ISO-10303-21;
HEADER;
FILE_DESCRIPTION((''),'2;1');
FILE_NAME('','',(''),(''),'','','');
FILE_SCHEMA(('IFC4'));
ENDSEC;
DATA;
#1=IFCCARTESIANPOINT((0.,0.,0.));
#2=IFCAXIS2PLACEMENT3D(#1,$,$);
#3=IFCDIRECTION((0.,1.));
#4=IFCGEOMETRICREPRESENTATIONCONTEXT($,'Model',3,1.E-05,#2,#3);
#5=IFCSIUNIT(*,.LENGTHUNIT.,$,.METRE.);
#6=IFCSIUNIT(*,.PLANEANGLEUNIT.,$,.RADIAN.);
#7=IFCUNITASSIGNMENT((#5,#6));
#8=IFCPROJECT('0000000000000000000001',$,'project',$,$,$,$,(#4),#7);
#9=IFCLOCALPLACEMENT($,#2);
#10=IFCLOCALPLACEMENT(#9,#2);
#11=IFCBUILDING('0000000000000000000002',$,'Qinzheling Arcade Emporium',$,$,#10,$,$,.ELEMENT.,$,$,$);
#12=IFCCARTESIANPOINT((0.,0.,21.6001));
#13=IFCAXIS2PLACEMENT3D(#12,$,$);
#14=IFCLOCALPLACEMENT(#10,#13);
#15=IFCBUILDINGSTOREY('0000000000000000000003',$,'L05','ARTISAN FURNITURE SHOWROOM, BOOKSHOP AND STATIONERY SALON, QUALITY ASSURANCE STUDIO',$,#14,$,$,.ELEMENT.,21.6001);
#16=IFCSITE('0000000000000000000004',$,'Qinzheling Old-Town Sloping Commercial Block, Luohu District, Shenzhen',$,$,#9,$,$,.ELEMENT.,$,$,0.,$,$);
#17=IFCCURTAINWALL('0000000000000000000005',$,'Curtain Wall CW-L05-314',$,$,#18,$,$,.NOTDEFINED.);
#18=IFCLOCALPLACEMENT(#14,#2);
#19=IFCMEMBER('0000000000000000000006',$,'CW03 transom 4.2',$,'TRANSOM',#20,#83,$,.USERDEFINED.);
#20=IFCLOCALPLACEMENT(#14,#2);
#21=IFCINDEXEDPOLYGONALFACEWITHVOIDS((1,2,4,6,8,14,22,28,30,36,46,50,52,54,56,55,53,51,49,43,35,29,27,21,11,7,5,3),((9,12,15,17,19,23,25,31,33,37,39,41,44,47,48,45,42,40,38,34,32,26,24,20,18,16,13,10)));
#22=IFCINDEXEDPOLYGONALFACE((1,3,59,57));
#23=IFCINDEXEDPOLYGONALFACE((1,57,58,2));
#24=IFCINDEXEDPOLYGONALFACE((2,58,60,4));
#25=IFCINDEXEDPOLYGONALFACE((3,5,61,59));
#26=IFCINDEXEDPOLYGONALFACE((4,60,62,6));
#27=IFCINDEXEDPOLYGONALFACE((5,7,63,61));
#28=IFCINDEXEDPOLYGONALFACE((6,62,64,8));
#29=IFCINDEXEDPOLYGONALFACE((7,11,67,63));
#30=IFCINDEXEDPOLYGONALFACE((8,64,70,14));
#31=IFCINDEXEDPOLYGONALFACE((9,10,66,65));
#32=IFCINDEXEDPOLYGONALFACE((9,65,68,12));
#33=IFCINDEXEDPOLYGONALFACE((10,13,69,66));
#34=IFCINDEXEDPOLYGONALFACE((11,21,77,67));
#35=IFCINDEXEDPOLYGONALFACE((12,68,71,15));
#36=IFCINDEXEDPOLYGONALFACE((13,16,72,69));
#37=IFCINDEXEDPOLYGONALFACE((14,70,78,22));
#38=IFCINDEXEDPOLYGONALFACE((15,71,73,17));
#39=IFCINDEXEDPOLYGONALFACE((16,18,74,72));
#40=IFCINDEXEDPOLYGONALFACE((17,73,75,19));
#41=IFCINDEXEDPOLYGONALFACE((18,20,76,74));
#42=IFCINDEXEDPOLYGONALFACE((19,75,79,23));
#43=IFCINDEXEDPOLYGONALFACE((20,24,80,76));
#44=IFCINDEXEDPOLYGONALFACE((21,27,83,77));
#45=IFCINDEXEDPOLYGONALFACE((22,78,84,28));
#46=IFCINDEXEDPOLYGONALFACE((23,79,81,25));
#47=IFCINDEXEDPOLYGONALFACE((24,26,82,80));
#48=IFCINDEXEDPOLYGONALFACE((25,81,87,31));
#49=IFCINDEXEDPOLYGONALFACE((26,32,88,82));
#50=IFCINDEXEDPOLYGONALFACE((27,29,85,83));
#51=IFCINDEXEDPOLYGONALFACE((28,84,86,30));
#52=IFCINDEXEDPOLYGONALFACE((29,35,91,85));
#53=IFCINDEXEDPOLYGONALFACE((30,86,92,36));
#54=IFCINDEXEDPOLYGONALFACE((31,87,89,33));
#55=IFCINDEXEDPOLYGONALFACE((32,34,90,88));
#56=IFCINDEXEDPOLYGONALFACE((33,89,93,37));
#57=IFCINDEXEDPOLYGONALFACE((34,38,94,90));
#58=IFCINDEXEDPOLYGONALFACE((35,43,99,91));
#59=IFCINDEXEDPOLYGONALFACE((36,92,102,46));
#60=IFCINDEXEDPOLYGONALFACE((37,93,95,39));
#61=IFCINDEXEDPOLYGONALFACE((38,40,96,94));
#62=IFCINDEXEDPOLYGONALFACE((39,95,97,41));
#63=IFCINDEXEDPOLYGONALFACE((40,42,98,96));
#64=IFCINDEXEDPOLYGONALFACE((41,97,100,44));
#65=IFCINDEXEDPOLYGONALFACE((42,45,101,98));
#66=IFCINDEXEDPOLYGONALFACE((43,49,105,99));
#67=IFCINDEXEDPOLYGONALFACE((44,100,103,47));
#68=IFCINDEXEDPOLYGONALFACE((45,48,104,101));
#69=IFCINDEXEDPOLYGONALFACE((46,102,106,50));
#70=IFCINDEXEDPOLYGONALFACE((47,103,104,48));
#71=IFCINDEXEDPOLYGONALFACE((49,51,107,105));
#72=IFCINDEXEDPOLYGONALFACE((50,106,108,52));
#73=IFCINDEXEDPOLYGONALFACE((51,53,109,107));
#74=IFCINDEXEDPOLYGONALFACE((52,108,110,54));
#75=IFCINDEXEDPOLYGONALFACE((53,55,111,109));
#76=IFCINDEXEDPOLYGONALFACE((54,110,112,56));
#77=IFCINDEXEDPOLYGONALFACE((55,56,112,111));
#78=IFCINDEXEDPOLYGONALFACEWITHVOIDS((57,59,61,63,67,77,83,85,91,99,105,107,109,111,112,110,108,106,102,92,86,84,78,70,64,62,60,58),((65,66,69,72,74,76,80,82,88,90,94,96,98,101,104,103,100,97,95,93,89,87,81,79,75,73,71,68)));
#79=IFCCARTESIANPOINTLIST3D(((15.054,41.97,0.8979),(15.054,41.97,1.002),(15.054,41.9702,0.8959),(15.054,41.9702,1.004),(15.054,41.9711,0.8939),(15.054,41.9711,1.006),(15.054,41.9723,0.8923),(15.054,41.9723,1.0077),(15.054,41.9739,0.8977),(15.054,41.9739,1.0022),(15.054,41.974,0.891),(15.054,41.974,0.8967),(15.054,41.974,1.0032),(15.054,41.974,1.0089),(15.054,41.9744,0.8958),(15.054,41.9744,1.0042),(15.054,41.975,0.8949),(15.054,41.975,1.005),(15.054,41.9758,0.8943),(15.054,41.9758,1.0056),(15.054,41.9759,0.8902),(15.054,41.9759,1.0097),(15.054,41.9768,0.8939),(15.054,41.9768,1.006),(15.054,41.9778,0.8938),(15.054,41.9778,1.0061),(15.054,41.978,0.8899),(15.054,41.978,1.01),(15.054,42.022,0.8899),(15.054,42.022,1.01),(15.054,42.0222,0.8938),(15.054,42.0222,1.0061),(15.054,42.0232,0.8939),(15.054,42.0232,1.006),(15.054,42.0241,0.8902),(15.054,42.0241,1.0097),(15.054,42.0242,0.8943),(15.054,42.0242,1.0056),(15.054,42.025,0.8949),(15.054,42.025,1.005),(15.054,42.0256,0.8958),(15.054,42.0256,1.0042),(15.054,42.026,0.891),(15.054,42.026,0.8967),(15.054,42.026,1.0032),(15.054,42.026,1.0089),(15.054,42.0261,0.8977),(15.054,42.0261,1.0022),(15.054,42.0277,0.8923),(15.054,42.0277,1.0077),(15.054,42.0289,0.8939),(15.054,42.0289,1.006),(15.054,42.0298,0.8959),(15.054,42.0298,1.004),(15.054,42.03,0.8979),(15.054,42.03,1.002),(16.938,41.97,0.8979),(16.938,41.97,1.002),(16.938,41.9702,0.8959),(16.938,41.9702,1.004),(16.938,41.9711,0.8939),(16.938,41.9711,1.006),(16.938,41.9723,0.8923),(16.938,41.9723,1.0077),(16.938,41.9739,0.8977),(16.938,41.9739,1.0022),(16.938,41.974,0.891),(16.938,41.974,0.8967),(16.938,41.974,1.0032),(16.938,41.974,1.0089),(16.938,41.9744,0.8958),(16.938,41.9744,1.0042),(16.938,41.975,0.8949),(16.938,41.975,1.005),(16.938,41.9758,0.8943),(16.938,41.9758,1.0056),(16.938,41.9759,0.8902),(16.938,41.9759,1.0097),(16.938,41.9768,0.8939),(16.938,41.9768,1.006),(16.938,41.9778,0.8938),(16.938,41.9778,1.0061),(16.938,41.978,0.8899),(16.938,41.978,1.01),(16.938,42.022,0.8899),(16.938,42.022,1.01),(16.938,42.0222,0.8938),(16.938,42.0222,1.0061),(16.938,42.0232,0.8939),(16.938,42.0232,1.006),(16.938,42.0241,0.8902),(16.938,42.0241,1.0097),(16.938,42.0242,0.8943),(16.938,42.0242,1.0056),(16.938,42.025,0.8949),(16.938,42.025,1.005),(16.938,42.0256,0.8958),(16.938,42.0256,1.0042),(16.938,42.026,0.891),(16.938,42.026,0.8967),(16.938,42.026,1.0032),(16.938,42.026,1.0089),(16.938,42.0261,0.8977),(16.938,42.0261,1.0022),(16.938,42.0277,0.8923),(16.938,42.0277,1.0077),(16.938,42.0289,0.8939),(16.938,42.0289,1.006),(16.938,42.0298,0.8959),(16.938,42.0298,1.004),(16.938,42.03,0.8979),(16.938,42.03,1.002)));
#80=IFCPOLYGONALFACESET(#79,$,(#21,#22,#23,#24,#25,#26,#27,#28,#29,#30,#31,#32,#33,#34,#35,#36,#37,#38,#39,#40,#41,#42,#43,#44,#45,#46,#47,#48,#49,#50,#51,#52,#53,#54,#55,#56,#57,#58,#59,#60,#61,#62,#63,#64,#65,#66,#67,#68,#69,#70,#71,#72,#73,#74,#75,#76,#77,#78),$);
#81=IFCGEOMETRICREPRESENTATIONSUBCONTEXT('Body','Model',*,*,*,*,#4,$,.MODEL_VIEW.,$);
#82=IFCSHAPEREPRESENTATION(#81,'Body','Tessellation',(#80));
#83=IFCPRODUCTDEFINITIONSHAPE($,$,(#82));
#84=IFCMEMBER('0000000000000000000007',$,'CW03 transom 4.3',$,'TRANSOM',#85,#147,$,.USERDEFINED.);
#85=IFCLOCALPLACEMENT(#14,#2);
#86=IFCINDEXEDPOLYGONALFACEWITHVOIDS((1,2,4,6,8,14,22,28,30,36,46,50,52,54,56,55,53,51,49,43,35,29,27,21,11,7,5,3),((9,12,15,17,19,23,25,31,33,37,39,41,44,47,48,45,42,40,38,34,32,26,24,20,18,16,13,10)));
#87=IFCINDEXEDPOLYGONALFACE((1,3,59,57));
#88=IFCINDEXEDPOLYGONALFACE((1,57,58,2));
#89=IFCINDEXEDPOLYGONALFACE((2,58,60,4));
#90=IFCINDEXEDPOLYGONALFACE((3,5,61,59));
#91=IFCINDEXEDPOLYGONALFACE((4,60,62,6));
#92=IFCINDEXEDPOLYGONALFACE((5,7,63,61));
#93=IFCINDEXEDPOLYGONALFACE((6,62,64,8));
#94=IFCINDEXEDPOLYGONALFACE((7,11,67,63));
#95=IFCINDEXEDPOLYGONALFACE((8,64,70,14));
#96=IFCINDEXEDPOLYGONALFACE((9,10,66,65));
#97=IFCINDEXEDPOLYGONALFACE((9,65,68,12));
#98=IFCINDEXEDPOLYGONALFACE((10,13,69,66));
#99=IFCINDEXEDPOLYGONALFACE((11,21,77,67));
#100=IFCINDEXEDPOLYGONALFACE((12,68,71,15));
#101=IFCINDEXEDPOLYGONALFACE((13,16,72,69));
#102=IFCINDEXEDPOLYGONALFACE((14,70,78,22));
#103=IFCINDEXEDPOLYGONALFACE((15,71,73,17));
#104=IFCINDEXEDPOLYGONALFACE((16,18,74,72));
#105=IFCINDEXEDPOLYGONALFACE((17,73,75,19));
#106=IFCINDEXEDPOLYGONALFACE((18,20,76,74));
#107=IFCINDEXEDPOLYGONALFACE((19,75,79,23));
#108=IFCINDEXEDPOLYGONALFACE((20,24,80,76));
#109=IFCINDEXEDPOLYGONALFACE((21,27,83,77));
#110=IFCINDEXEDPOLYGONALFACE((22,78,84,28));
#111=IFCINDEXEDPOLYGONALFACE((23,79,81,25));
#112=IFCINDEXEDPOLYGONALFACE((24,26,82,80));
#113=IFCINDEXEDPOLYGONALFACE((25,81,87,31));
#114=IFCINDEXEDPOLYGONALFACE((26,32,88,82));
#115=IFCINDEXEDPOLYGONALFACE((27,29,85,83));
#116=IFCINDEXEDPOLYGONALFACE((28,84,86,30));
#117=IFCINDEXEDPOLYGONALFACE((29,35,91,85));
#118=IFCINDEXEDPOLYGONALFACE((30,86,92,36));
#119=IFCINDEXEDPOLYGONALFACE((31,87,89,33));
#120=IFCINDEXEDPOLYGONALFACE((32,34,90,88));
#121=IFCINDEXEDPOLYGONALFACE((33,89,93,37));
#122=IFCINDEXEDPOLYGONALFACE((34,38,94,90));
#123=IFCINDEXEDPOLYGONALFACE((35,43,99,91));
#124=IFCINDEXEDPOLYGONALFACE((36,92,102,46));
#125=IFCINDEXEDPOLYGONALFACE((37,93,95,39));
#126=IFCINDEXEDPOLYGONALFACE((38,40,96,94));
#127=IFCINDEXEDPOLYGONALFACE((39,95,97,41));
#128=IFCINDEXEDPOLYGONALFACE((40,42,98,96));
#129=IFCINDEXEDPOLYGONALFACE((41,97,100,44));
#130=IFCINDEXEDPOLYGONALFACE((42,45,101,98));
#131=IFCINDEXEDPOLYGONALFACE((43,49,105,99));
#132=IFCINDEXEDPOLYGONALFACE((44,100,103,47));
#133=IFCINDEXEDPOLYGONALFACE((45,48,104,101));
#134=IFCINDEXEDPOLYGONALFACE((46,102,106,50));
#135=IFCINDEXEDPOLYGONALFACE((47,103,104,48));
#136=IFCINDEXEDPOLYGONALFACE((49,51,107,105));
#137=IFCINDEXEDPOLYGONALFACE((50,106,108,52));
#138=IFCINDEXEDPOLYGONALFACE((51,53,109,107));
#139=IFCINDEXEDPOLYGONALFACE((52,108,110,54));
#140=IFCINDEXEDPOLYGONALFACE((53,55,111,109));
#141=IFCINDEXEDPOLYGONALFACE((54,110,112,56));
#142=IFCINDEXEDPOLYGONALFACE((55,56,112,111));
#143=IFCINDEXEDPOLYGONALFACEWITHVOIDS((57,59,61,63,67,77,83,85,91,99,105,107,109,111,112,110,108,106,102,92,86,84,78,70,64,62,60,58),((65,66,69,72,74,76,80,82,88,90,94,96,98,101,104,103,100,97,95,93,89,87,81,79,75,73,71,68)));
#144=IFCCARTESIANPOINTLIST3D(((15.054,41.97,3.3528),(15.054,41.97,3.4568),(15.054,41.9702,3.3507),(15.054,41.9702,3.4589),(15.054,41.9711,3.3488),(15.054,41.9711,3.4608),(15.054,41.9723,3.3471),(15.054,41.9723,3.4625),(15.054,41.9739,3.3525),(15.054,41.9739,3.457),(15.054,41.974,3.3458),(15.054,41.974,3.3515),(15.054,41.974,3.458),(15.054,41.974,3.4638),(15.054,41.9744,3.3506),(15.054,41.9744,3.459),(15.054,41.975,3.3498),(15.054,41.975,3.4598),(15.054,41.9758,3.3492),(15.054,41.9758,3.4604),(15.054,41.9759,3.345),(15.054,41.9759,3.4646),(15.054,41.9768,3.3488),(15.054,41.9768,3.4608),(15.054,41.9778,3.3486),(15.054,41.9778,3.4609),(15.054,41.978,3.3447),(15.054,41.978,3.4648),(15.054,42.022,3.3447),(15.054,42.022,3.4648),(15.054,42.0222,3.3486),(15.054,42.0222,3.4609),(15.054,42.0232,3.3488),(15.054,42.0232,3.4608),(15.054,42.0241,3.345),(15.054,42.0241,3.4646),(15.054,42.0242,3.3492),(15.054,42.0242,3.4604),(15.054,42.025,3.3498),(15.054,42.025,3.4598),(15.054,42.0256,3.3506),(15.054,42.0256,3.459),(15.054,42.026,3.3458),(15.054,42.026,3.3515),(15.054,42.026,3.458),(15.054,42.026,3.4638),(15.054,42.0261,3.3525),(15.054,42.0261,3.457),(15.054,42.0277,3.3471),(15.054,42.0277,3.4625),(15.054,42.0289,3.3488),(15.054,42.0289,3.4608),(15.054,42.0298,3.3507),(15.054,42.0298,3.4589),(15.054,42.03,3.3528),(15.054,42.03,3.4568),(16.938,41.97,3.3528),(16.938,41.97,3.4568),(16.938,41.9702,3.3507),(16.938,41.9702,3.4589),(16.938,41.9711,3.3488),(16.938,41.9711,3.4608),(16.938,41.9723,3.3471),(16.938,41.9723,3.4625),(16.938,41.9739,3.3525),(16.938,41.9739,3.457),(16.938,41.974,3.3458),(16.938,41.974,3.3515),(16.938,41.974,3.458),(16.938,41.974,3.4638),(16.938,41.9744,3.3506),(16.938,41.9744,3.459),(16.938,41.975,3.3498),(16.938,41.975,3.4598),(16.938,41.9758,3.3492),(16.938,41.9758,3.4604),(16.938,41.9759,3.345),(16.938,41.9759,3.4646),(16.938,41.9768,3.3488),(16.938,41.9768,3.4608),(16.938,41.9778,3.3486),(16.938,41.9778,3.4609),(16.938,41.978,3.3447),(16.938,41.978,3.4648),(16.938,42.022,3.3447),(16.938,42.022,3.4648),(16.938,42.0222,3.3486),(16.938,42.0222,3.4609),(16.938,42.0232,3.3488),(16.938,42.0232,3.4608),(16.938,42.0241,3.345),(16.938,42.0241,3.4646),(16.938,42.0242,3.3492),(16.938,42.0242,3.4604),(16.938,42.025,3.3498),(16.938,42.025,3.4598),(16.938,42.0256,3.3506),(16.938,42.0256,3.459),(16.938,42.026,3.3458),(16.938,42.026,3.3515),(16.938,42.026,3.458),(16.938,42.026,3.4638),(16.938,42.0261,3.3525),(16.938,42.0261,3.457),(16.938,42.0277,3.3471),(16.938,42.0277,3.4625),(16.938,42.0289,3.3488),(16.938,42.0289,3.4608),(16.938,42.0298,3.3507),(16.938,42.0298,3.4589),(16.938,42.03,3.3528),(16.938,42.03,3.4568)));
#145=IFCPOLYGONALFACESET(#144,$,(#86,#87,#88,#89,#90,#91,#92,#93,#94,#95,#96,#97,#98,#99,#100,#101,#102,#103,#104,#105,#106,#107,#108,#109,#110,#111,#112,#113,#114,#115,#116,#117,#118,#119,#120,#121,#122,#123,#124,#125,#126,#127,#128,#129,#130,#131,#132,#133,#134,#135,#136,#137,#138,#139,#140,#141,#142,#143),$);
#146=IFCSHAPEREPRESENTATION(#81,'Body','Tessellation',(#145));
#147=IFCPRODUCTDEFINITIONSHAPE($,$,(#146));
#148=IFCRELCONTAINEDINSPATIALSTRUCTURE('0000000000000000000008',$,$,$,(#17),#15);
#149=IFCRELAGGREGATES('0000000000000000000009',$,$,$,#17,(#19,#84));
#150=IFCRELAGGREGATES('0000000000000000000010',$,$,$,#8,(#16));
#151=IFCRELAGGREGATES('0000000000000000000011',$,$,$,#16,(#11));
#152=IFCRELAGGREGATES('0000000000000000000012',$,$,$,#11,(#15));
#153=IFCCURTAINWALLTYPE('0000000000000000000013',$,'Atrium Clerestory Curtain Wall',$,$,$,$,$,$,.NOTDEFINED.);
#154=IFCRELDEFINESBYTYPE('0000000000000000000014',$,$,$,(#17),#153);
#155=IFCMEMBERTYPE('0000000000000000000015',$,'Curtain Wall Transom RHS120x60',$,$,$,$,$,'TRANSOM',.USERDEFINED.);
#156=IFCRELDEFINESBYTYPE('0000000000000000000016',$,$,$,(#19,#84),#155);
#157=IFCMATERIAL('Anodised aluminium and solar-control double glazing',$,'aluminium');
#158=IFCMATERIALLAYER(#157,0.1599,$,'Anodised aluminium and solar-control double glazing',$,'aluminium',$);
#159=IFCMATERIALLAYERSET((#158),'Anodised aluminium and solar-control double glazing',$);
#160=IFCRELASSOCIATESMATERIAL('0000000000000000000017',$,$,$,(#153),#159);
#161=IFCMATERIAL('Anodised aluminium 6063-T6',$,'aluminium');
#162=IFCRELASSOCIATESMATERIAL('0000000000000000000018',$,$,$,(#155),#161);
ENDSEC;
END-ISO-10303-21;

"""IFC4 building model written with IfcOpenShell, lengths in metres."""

from ifc_helpers import new_model, si_unit, direction, frame, origin, origin_2d, place, context, subcontext, project, spatial, hollow_rectangle, extrude, material, layer, layer_set, material_profile, profile_set, type_object, element, aggregate, save


model = new_model("IFC4")

# Units and contexts
model_context = context("Model", 3, precision=1e-05, world=origin(), true_north=direction((0.0, 1.0)))
body_context = subcontext(model_context, "Body", "Model", "MODEL_VIEW")
ifc_project = project(units=[si_unit("LENGTHUNIT", "METRE"), si_unit("PLANEANGLEUNIT", "RADIAN")], contexts=[model_context])

# Site, building, storey
site_placement = place(None, origin())
site = spatial("IfcSite", under=ifc_project, at=site_placement, Name="Qinzheling Old-Town Sloping Commercial Block, Luohu District, Shenzhen", CompositionType="ELEMENT", RefElevation=0.0)
building_placement = place(site_placement, origin())
building = spatial("IfcBuilding", under=site, at=building_placement, Name="Qinzheling Arcade Emporium", CompositionType="ELEMENT")
storey_placement = place(building_placement, frame((0.0, 0.0, 21.6001)))
storey = spatial("IfcBuildingStorey", under=building, at=storey_placement, Name="L05", Description="ARTISAN FURNITURE SHOWROOM, BOOKSHOP AND STATIONERY SALON, QUALITY ASSURANCE STUDIO", CompositionType="ELEMENT", Elevation=21.6001)

# Curtain wall
ifc_material_1 = material(Name="Anodised aluminium and solar-control double glazing", Category="aluminium")
ifc_layer_1 = layer(ifc_material_1, 0.1599, Name="Anodised aluminium and solar-control double glazing", Category="aluminium")
ifc_layer_set_1 = layer_set([ifc_layer_1], Name="Anodised aluminium and solar-control double glazing")
curtain_wall_type = type_object("IfcCurtainWallType", Name="Atrium Clerestory Curtain Wall", PredefinedType="NOTDEFINED", material=ifc_layer_set_1)
curtain_wall_1_placement = place(storey_placement, origin())
curtain_wall_1 = element("IfcCurtainWall", 1, at=curtain_wall_1_placement, inside=storey, type_object=curtain_wall_type, Name="Curtain Wall CW-L05-314", PredefinedType="NOTDEFINED")
ifc_material_2 = material(Name="Anodised aluminium 6063-T6", Category="aluminium")

# Members
ifc_material_profile_1 = material_profile(ifc_material_2, hollow_rectangle(XDim=0.0601, YDim=0.1201, WallThickness=0.0039, InnerFilletRadius=0.0039, OuterFilletRadius=0.0081, at=origin_2d()), Name="RHS 120x60x4", Category="aluminium")
ifc_profile_set_1 = profile_set([ifc_material_profile_1], Name="Anodised aluminium 6063-T6")
member_type_1 = type_object("IfcMemberType", Name="Curtain Wall Transom RHS120x60", ElementType="TRANSOM", PredefinedType="USERDEFINED", material=ifc_profile_set_1)
member_1_placement = place(storey_placement, frame((15.054, 42.0, 0.95), z_axis=(1.0, 0.0, 0.0), x_axis=(0.0, 1.0, 0.0)))
member_1 = element("IfcMember", 2, at=member_1_placement, type_object=member_type_1, Name="CW03 transom 4.2", ObjectType="TRANSOM", PredefinedType="USERDEFINED", context=body_context, shape_type="SweptSolid", body=[
    extrude(hollow_rectangle(XDim=0.0601, YDim=0.1201, WallThickness=0.0039, InnerFilletRadius=0.0039, OuterFilletRadius=0.0081, at=origin_2d()), origin(), (0.0, 0.0, 1.0), 1.884),
])
member_2_placement = place(storey_placement, frame((15.054, 42.0, 3.4048), z_axis=(1.0, 0.0, 0.0), x_axis=(0.0, 1.0, 0.0)))
member_2 = element("IfcMember", 3, at=member_2_placement, type_object=member_type_1, Name="CW03 transom 4.3", ObjectType="TRANSOM", PredefinedType="USERDEFINED", context=body_context, shape_type="SweptSolid", body=[
    extrude(hollow_rectangle(XDim=0.0601, YDim=0.1201, WallThickness=0.0039, InnerFilletRadius=0.0039, OuterFilletRadius=0.0081, at=origin_2d()), origin(), (0.0, 0.0, 1.0), 1.884),
])

aggregate(curtain_wall_1, [member_1, member_2])

save(model, "model.ifc")
